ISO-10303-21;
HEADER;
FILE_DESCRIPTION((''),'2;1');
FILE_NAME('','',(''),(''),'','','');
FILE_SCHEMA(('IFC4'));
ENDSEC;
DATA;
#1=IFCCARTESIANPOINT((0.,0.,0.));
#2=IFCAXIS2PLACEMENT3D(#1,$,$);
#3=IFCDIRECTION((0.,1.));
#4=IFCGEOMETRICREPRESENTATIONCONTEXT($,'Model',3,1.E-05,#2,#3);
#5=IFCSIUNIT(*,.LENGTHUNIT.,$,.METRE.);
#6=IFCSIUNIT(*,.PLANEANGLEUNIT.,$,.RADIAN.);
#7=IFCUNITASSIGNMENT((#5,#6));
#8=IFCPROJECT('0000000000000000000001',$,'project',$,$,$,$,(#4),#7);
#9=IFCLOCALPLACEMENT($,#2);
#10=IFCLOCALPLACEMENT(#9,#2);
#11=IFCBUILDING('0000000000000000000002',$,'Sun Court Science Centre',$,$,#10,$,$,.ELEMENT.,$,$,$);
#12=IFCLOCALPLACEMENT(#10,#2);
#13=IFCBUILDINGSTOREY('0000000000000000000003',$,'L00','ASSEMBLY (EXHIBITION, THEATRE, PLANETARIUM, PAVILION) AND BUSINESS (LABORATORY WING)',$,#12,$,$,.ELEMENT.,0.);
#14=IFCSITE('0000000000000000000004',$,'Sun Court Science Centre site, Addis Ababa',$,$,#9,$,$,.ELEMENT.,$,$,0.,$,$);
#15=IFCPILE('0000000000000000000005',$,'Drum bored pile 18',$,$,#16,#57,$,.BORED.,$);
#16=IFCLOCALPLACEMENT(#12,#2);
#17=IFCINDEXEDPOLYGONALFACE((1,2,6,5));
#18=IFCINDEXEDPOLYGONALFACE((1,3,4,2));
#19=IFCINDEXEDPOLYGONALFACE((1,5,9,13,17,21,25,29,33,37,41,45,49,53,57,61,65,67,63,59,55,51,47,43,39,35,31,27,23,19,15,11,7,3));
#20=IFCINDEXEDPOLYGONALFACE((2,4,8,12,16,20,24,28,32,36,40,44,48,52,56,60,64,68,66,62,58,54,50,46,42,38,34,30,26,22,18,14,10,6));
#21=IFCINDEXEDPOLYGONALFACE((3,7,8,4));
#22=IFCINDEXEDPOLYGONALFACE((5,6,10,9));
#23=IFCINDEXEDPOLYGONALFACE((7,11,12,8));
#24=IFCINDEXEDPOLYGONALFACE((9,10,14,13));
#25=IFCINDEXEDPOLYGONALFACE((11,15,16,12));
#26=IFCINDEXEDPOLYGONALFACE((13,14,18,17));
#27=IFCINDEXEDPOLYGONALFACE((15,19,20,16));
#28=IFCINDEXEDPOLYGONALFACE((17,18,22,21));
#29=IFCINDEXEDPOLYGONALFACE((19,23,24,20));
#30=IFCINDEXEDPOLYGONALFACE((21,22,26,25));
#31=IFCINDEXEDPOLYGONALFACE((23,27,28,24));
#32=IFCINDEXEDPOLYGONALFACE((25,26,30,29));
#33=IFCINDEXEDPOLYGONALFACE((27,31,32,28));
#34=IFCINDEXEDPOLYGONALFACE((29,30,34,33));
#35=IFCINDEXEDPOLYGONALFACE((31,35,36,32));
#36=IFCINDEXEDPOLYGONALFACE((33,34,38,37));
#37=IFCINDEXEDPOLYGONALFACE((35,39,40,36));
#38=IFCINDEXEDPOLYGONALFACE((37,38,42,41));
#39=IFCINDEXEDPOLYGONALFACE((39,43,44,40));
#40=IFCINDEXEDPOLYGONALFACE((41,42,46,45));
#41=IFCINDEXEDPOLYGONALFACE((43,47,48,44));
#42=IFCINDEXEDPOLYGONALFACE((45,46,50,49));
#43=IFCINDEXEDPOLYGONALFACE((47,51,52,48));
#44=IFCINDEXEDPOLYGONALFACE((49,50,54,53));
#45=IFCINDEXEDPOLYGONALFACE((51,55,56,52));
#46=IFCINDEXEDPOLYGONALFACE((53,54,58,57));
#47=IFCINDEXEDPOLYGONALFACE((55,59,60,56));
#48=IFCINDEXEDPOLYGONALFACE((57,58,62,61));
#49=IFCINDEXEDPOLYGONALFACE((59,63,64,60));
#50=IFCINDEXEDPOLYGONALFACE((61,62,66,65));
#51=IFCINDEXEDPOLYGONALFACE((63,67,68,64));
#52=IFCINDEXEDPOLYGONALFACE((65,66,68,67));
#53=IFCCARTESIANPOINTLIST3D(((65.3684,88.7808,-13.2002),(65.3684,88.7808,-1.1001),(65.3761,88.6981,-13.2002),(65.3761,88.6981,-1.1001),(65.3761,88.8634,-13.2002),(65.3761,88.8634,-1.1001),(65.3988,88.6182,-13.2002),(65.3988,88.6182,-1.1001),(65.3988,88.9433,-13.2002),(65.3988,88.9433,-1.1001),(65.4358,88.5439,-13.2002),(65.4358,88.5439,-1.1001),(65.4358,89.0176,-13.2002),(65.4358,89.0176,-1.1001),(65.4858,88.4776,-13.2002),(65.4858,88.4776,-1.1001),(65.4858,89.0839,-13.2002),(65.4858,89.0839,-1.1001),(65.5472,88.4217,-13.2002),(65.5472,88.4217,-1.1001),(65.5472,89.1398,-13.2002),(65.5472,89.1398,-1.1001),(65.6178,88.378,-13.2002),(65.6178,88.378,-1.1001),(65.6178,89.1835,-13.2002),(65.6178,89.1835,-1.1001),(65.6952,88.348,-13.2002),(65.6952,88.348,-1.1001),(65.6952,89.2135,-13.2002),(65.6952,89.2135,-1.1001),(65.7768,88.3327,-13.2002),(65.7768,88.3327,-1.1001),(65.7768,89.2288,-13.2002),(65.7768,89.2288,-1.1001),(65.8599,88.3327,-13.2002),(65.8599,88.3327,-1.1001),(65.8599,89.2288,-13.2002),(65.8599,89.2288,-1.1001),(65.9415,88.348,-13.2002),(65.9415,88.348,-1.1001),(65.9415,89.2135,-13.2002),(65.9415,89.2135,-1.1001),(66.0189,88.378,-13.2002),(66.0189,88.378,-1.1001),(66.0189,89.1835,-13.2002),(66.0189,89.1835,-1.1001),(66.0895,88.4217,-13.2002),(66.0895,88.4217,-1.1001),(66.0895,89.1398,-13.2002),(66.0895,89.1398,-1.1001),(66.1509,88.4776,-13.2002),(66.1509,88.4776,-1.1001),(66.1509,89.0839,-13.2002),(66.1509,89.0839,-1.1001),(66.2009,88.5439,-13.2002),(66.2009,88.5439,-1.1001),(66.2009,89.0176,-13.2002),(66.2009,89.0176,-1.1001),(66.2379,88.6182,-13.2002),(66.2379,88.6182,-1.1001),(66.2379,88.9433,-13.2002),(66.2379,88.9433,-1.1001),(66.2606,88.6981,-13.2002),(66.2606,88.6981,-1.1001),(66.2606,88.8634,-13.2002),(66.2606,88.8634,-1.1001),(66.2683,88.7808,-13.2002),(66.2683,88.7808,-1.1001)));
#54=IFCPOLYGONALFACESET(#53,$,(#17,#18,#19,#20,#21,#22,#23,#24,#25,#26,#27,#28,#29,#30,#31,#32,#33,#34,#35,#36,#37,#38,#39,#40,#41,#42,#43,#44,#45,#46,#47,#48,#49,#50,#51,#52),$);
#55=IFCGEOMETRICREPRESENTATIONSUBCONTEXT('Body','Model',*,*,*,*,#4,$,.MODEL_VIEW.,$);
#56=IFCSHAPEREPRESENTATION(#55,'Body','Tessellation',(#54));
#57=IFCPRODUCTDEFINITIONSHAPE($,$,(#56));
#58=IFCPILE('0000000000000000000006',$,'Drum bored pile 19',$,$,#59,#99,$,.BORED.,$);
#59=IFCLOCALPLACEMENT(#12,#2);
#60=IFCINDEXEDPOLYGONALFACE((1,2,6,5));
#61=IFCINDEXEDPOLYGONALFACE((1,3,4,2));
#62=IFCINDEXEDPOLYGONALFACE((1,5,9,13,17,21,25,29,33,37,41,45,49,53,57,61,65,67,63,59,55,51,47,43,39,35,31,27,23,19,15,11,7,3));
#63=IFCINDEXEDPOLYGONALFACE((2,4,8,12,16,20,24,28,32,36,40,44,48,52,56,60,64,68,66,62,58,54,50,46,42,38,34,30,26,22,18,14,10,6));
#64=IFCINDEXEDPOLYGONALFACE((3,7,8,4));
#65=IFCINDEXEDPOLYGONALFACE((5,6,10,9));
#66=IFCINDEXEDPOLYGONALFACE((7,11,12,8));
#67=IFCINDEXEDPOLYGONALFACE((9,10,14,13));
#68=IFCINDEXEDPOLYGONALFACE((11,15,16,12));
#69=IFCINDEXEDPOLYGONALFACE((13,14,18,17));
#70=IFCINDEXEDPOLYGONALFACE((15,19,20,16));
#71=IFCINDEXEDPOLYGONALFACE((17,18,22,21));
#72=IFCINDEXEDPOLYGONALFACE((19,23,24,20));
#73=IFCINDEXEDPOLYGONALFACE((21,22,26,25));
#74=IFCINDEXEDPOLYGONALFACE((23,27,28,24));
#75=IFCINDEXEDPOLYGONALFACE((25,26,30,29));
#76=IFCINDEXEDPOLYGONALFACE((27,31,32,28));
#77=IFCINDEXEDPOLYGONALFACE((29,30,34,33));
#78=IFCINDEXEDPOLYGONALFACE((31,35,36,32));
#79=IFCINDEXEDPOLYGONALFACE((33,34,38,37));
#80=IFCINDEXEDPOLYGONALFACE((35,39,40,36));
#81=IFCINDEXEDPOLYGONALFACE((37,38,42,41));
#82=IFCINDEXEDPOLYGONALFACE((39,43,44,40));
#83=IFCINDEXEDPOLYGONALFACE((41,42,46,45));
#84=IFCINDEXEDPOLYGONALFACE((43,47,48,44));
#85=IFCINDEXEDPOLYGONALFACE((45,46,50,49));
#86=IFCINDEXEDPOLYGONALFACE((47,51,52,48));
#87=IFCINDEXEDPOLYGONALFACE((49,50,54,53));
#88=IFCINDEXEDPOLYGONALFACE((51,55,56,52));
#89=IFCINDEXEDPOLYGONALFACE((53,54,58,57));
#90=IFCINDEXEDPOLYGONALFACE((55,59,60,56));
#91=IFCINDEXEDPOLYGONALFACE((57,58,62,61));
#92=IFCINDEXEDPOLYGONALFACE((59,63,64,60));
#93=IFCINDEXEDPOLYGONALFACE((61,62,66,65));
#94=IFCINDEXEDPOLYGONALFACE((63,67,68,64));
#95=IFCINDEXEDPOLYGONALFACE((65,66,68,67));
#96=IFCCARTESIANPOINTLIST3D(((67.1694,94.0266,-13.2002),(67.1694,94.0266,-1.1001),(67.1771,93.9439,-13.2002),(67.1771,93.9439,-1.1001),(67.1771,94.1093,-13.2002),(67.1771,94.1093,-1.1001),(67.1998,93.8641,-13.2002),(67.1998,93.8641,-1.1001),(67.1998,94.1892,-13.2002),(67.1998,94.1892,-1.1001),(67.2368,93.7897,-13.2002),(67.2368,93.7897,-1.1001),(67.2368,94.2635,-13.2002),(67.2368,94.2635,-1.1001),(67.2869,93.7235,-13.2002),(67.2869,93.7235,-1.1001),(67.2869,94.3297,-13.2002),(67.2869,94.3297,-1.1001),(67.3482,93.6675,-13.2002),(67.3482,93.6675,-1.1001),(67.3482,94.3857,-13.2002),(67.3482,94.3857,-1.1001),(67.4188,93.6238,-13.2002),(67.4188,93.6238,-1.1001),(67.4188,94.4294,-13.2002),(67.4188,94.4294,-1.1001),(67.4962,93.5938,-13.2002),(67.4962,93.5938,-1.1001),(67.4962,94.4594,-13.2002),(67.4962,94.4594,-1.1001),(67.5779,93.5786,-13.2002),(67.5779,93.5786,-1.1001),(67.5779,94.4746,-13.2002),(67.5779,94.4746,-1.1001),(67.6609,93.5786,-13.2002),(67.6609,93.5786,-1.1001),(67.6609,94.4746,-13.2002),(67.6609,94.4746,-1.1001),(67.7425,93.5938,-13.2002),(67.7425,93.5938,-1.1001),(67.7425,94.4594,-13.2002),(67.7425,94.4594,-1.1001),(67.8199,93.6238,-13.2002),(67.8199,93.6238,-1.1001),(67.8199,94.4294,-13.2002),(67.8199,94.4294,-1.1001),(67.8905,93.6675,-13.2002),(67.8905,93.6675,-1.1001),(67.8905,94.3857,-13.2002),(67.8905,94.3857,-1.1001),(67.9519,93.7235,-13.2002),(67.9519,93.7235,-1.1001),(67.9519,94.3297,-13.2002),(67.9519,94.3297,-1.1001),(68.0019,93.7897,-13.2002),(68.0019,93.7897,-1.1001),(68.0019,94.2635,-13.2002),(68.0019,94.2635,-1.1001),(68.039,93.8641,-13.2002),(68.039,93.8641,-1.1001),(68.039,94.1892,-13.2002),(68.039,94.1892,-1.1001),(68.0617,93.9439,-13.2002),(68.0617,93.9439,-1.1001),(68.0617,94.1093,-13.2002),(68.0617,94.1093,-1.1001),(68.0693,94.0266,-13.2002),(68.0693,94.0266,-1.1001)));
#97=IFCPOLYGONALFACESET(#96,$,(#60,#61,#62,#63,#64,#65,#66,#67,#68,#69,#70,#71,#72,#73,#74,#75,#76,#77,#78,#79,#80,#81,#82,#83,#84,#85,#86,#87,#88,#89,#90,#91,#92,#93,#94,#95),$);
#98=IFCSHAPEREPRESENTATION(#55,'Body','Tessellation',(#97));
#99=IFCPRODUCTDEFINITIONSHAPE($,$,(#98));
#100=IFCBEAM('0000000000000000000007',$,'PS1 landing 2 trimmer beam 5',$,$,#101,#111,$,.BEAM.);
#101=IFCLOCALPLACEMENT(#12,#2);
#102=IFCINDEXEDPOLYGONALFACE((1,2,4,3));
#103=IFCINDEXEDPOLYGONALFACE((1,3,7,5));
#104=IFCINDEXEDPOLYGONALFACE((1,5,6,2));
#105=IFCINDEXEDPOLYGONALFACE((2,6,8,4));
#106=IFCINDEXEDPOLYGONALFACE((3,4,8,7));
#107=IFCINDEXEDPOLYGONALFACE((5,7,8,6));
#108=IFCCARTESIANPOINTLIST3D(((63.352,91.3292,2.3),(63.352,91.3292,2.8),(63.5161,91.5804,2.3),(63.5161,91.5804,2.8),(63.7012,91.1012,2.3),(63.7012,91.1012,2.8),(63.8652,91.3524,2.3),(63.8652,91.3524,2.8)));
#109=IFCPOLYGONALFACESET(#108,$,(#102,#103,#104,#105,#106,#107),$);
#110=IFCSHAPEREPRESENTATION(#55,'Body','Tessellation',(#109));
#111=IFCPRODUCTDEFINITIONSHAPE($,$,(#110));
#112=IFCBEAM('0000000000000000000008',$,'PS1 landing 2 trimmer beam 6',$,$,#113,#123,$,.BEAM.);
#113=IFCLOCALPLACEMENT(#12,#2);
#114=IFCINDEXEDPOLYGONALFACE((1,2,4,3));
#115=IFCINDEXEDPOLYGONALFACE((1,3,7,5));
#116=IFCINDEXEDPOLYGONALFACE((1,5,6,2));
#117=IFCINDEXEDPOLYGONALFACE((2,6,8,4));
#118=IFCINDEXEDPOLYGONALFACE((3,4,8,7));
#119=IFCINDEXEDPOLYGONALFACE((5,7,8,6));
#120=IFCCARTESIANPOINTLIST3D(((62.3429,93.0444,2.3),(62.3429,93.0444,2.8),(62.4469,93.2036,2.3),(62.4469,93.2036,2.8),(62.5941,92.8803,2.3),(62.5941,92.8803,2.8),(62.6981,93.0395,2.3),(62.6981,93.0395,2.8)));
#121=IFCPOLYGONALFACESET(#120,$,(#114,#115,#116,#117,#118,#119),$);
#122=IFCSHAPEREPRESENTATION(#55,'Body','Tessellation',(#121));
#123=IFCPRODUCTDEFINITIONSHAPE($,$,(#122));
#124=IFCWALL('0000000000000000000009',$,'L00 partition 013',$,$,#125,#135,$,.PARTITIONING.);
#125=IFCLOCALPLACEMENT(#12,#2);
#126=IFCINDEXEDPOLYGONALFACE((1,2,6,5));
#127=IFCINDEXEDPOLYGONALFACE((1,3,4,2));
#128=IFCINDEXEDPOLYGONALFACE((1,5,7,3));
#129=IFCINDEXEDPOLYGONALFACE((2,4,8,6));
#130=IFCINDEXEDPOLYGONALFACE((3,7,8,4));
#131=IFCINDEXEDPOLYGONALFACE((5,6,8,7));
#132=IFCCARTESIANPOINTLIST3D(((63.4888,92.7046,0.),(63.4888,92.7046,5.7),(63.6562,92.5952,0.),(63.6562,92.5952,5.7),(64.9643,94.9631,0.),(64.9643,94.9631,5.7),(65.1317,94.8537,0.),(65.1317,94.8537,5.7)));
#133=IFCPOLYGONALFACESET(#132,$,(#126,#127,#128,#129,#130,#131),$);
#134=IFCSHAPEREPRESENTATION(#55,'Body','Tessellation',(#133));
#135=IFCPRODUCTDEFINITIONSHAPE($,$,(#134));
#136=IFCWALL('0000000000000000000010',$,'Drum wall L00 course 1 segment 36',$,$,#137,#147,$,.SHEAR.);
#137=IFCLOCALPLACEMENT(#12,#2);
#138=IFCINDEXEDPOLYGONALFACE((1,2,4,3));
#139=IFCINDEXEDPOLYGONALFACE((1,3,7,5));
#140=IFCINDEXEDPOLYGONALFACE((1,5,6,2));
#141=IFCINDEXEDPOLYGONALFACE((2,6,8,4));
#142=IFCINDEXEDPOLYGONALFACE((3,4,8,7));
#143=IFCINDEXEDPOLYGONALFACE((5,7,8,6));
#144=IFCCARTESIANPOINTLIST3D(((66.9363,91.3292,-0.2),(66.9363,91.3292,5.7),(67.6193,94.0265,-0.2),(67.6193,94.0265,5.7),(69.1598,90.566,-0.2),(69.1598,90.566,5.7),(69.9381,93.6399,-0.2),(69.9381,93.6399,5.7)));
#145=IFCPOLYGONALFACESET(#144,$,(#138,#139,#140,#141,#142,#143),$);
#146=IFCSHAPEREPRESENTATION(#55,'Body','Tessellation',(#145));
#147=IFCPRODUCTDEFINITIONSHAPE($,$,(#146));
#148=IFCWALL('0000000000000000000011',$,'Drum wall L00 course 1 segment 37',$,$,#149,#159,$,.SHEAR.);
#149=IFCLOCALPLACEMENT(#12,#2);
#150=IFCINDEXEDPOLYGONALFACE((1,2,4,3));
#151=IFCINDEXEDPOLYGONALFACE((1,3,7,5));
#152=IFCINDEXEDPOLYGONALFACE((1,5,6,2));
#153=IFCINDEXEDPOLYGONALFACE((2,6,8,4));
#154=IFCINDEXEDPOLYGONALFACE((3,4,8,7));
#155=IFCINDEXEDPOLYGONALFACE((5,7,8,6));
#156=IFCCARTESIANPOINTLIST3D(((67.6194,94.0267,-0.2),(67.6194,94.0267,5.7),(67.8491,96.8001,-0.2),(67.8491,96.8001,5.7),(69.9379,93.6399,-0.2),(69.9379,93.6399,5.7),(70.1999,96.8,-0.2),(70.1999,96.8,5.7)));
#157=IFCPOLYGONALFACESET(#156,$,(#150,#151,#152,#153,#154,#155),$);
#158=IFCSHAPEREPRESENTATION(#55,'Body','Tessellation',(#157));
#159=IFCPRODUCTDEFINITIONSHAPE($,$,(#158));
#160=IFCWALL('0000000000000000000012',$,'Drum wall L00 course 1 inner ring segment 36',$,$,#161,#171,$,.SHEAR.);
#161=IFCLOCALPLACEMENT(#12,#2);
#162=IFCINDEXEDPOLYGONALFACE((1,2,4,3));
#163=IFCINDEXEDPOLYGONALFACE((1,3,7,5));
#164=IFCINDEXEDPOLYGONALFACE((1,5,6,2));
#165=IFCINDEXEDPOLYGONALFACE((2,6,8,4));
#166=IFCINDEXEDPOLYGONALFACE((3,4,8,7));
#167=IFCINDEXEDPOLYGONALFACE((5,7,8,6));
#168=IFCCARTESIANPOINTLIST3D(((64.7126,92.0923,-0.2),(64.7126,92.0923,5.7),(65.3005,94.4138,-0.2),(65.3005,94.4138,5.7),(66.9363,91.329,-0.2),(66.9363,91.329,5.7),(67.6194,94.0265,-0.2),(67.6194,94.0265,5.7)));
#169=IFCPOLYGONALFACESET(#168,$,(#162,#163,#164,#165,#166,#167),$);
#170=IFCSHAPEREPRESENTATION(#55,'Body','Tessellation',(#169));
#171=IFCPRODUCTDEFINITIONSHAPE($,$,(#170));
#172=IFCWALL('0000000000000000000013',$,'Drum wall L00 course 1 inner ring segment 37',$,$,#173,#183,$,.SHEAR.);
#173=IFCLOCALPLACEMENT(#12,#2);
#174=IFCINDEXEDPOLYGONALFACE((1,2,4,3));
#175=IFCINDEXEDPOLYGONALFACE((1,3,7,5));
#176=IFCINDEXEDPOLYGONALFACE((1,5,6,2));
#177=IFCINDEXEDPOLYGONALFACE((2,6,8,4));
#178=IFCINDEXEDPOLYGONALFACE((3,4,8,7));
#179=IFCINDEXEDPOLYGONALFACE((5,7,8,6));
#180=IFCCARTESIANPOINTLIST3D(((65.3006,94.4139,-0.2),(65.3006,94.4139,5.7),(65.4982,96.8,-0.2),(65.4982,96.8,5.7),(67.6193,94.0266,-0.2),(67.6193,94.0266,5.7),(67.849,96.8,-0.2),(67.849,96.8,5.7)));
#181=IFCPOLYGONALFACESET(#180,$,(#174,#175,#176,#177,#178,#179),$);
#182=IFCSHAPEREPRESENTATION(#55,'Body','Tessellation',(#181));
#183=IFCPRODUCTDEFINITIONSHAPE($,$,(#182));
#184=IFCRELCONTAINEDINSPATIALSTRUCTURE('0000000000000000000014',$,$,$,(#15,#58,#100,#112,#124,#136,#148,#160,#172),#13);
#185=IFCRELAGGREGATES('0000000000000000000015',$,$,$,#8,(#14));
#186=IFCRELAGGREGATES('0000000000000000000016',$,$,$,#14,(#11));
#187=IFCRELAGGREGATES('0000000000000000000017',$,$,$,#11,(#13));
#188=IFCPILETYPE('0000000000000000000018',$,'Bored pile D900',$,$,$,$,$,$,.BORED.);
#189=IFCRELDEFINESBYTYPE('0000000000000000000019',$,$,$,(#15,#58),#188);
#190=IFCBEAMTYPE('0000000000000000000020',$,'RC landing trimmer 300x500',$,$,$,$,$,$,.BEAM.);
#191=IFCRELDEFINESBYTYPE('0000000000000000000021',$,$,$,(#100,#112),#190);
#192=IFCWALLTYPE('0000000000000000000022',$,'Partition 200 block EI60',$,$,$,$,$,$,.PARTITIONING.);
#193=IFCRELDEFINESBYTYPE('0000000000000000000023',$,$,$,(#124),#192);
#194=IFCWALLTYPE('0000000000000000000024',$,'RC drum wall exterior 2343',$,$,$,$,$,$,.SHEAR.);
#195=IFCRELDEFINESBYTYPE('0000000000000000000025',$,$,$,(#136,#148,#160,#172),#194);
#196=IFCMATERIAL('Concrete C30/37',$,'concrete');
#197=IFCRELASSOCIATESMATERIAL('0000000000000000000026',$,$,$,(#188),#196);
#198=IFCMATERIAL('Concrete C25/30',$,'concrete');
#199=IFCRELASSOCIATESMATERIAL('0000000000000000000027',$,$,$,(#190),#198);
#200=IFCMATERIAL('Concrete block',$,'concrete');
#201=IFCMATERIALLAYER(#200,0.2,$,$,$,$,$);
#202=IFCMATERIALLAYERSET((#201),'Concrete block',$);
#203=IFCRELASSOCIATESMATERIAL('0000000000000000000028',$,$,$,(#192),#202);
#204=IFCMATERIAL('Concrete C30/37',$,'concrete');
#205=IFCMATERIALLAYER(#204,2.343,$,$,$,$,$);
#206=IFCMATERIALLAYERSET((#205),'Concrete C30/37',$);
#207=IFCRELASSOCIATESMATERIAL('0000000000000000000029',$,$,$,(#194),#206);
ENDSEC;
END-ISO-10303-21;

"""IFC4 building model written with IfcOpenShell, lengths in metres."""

from ifc_helpers import new_model, si_unit, direction, frame, frame_2d, origin, origin_2d, place, context, subcontext, project, spatial, polyline, rectangle, circle, outline, extrude, material, layer, layer_set, material_profile, profile_set, type_object, element, save


model = new_model("IFC4")

# Units and contexts
model_context = context("Model", 3, precision=1e-05, world=origin(), true_north=direction((0.0, 1.0)))
body_context = subcontext(model_context, "Body", "Model", "MODEL_VIEW")
ifc_project = project(units=[si_unit("LENGTHUNIT", "METRE"), si_unit("PLANEANGLEUNIT", "RADIAN")], contexts=[model_context])

# Site, building, storey
site_placement = place(None, origin())
site = spatial("IfcSite", under=ifc_project, at=site_placement, Name="Sun Court Science Centre site, Addis Ababa", CompositionType="ELEMENT", RefElevation=0.0)
building_placement = place(site_placement, origin())
building = spatial("IfcBuilding", under=site, at=building_placement, Name="Sun Court Science Centre", CompositionType="ELEMENT")
storey_placement = place(building_placement, origin())
storey = spatial("IfcBuildingStorey", under=building, at=storey_placement, Name="L00", Description="ASSEMBLY (EXHIBITION, THEATRE, PLANETARIUM, PAVILION) AND BUSINESS (LABORATORY WING)", CompositionType="ELEMENT", Elevation=0.0)

# Piles
ifc_material_1 = material(Name="Concrete C30/37", Category="concrete")
ifc_material_profile_1 = material_profile(ifc_material_1, circle(Radius=0.45, at=origin_2d()), Name="RC D900")
ifc_profile_set_1 = profile_set([ifc_material_profile_1], Name="Concrete C30/37")
pile_type = type_object("IfcPileType", Name="Bored pile D900", PredefinedType="BORED", material=ifc_profile_set_1)
for number, where, z_axis, x_axis, name in (
    (1, (65.8184, 88.7808, -1.1001), (0.0, 0.0, -1.0), (1.0, 0.0, 0.0), "Drum bored pile 18"),
    (2, (67.6194, 94.0266, -1.1001), (0.0, 0.0, -1.0), (1.0, 0.0, 0.0), "Drum bored pile 19"),
):
    element("IfcPile", number, at=place(storey_placement, frame(where, z_axis=z_axis, x_axis=x_axis)), inside=storey, type_object=pile_type, Name=name, PredefinedType="BORED", context=body_context, shape_type="SweptSolid", body=[
        extrude(circle(Radius=0.45, at=origin_2d()), origin(), (0.0, 0.0, 1.0), 12.1001),
    ])

# Beams
ifc_material_2 = material(Name="Concrete C25/30", Category="concrete")
ifc_material_profile_2 = material_profile(ifc_material_2, rectangle(XDim=0.3, YDim=0.5, at=origin_2d()), Name="RC 300x500")
ifc_profile_set_2 = profile_set([ifc_material_profile_2], Name="Concrete C25/30")
beam_type = type_object("IfcBeamType", Name="RC landing trimmer 300x500", PredefinedType="BEAM", material=ifc_profile_set_2)
beam_1_placement = place(storey_placement, frame((63.7832, 91.2268, 2.55), z_axis=(-0.837238, 0.546839, 0.0), x_axis=(-0.546839, -0.837238, 0.0)))
element("IfcBeam", 3, at=beam_1_placement, inside=storey, type_object=beam_type, Name="PS1 landing 2 trimmer beam 5", PredefinedType="BEAM", context=body_context, shape_type="SweptSolid", body=[
    extrude(rectangle(XDim=0.3, YDim=0.5, at=origin_2d()), origin(), (0.0, 0.0, 1.0), 0.417),
])
beam_2_placement = place(storey_placement, frame((62.5725, 93.1216, 2.55), z_axis=(-0.546973, -0.837151, 0.0), x_axis=(0.837151, -0.546973, 0.0)))
element("IfcBeam", 4, at=beam_2_placement, inside=storey, type_object=beam_type, Name="PS1 landing 2 trimmer beam 6", PredefinedType="BEAM", context=body_context, shape_type="SweptSolid", body=[
    extrude(rectangle(XDim=0.3, YDim=0.5, at=origin_2d()), origin(), (0.0, 0.0, 1.0), 0.1902),
])

# Walls
ifc_material_3 = material(Name="Concrete block", Category="concrete")
ifc_layer_1 = layer(ifc_material_3, 0.2)
ifc_layer_set_1 = layer_set([ifc_layer_1], Name="Concrete block")
wall_type_1 = type_object("IfcWallType", Name="Partition 200 block EI60", PredefinedType="PARTITIONING", material=ifc_layer_set_1)
wall_1_placement = place(storey_placement, frame((63.5725, 92.6499, 0.0), z_axis=(0.0, 0.0, 1.0), x_axis=(0.546949, 0.837166, 0.0)))
element("IfcWall", 5, at=wall_1_placement, inside=storey, type_object=wall_type_1, Name="L00 partition 013", PredefinedType="PARTITIONING", context=body_context, shape_type="SweptSolid", body=[
    extrude(rectangle(XDim=2.6978, YDim=0.2, at=frame_2d((1.3489, 0.0))), origin(), (0.0, 0.0, 1.0), 5.7),
])
ifc_material_4 = material(Name="Concrete C30/37", Category="concrete")
ifc_layer_2 = layer(ifc_material_4, 2.343)
ifc_layer_set_2 = layer_set([ifc_layer_2], Name="Concrete C30/37")
wall_type_2 = type_object("IfcWallType", Name="RC drum wall exterior 2343", PredefinedType="SHEAR", material=ifc_layer_set_2)
wall_2_placement = place(storey_placement, frame((68.0242, 90.8533, -0.2), z_axis=(0.0, 0.0, 1.0), x_axis=(0.245451, 0.969409, 0.0)))
element("IfcWall", 6, at=wall_2_placement, inside=storey, type_object=wall_type_2, Name="Drum wall L00 course 1 segment 36", PredefinedType="SHEAR", context=body_context, shape_type="SweptSolid", body=[
    extrude(outline(polyline([(0.0002, -1.1714), (3.1711, -1.1714), (2.9768, 1.1714), (0.1943, 1.1714), (0.0002, -1.1714)])), origin(), (0.0, 0.0, 1.0), 5.8999),
])
wall_3_placement = place(storey_placement, frame((68.7708, 93.7366, -0.2), z_axis=(0.0, 0.0, 1.0), x_axis=(0.082536, 0.996588, 0.0)))
element("IfcWall", 7, at=wall_3_placement, inside=storey, type_object=wall_type_2, Name="Drum wall L00 course 1 segment 37", PredefinedType="SHEAR", context=body_context, shape_type="SweptSolid", body=[
    extrude(outline(polyline([(0.0, -1.1711), (3.1709, -1.1714), (2.9771, 1.1714), (0.1941, 1.1714), (0.0, -1.1711)])), origin(), (0.0, 0.0, 1.0), 5.8999),
])
wall_4_placement = place(storey_placement, frame((65.8005, 91.6167, -0.2), z_axis=(0.0, 0.0, 1.0), x_axis=(0.245569, 0.969379, 0.0)))
element("IfcWall", 8, at=wall_4_placement, inside=storey, type_object=wall_type_2, Name="Drum wall L00 course 1 inner ring segment 36", PredefinedType="SHEAR", context=body_context, shape_type="SweptSolid", body=[
    extrude(outline(polyline([(0.0, -1.1716), (2.7827, -1.1714), (2.5886, 1.1716), (0.1938, 1.1714), (0.0, -1.1716)])), origin(), (0.0, 0.0, 1.0), 5.8999),
])
wall_5_placement = place(storey_placement, frame((66.4519, 94.1235, -0.2), z_axis=(0.0, 0.0, 1.0), x_axis=(0.082559, 0.996586, 0.0)))
element("IfcWall", 9, at=wall_5_placement, inside=storey, type_object=wall_type_2, Name="Drum wall L00 course 1 inner ring segment 37", PredefinedType="SHEAR", context=body_context, shape_type="SweptSolid", body=[
    extrude(outline(polyline([(-0.0002, -1.1714), (2.7827, -1.1714), (2.5886, 1.1714), (0.1943, 1.1714), (-0.0002, -1.1714)])), origin(), (0.0, 0.0, 1.0), 5.8999),
])

save(model, "model.ifc")
